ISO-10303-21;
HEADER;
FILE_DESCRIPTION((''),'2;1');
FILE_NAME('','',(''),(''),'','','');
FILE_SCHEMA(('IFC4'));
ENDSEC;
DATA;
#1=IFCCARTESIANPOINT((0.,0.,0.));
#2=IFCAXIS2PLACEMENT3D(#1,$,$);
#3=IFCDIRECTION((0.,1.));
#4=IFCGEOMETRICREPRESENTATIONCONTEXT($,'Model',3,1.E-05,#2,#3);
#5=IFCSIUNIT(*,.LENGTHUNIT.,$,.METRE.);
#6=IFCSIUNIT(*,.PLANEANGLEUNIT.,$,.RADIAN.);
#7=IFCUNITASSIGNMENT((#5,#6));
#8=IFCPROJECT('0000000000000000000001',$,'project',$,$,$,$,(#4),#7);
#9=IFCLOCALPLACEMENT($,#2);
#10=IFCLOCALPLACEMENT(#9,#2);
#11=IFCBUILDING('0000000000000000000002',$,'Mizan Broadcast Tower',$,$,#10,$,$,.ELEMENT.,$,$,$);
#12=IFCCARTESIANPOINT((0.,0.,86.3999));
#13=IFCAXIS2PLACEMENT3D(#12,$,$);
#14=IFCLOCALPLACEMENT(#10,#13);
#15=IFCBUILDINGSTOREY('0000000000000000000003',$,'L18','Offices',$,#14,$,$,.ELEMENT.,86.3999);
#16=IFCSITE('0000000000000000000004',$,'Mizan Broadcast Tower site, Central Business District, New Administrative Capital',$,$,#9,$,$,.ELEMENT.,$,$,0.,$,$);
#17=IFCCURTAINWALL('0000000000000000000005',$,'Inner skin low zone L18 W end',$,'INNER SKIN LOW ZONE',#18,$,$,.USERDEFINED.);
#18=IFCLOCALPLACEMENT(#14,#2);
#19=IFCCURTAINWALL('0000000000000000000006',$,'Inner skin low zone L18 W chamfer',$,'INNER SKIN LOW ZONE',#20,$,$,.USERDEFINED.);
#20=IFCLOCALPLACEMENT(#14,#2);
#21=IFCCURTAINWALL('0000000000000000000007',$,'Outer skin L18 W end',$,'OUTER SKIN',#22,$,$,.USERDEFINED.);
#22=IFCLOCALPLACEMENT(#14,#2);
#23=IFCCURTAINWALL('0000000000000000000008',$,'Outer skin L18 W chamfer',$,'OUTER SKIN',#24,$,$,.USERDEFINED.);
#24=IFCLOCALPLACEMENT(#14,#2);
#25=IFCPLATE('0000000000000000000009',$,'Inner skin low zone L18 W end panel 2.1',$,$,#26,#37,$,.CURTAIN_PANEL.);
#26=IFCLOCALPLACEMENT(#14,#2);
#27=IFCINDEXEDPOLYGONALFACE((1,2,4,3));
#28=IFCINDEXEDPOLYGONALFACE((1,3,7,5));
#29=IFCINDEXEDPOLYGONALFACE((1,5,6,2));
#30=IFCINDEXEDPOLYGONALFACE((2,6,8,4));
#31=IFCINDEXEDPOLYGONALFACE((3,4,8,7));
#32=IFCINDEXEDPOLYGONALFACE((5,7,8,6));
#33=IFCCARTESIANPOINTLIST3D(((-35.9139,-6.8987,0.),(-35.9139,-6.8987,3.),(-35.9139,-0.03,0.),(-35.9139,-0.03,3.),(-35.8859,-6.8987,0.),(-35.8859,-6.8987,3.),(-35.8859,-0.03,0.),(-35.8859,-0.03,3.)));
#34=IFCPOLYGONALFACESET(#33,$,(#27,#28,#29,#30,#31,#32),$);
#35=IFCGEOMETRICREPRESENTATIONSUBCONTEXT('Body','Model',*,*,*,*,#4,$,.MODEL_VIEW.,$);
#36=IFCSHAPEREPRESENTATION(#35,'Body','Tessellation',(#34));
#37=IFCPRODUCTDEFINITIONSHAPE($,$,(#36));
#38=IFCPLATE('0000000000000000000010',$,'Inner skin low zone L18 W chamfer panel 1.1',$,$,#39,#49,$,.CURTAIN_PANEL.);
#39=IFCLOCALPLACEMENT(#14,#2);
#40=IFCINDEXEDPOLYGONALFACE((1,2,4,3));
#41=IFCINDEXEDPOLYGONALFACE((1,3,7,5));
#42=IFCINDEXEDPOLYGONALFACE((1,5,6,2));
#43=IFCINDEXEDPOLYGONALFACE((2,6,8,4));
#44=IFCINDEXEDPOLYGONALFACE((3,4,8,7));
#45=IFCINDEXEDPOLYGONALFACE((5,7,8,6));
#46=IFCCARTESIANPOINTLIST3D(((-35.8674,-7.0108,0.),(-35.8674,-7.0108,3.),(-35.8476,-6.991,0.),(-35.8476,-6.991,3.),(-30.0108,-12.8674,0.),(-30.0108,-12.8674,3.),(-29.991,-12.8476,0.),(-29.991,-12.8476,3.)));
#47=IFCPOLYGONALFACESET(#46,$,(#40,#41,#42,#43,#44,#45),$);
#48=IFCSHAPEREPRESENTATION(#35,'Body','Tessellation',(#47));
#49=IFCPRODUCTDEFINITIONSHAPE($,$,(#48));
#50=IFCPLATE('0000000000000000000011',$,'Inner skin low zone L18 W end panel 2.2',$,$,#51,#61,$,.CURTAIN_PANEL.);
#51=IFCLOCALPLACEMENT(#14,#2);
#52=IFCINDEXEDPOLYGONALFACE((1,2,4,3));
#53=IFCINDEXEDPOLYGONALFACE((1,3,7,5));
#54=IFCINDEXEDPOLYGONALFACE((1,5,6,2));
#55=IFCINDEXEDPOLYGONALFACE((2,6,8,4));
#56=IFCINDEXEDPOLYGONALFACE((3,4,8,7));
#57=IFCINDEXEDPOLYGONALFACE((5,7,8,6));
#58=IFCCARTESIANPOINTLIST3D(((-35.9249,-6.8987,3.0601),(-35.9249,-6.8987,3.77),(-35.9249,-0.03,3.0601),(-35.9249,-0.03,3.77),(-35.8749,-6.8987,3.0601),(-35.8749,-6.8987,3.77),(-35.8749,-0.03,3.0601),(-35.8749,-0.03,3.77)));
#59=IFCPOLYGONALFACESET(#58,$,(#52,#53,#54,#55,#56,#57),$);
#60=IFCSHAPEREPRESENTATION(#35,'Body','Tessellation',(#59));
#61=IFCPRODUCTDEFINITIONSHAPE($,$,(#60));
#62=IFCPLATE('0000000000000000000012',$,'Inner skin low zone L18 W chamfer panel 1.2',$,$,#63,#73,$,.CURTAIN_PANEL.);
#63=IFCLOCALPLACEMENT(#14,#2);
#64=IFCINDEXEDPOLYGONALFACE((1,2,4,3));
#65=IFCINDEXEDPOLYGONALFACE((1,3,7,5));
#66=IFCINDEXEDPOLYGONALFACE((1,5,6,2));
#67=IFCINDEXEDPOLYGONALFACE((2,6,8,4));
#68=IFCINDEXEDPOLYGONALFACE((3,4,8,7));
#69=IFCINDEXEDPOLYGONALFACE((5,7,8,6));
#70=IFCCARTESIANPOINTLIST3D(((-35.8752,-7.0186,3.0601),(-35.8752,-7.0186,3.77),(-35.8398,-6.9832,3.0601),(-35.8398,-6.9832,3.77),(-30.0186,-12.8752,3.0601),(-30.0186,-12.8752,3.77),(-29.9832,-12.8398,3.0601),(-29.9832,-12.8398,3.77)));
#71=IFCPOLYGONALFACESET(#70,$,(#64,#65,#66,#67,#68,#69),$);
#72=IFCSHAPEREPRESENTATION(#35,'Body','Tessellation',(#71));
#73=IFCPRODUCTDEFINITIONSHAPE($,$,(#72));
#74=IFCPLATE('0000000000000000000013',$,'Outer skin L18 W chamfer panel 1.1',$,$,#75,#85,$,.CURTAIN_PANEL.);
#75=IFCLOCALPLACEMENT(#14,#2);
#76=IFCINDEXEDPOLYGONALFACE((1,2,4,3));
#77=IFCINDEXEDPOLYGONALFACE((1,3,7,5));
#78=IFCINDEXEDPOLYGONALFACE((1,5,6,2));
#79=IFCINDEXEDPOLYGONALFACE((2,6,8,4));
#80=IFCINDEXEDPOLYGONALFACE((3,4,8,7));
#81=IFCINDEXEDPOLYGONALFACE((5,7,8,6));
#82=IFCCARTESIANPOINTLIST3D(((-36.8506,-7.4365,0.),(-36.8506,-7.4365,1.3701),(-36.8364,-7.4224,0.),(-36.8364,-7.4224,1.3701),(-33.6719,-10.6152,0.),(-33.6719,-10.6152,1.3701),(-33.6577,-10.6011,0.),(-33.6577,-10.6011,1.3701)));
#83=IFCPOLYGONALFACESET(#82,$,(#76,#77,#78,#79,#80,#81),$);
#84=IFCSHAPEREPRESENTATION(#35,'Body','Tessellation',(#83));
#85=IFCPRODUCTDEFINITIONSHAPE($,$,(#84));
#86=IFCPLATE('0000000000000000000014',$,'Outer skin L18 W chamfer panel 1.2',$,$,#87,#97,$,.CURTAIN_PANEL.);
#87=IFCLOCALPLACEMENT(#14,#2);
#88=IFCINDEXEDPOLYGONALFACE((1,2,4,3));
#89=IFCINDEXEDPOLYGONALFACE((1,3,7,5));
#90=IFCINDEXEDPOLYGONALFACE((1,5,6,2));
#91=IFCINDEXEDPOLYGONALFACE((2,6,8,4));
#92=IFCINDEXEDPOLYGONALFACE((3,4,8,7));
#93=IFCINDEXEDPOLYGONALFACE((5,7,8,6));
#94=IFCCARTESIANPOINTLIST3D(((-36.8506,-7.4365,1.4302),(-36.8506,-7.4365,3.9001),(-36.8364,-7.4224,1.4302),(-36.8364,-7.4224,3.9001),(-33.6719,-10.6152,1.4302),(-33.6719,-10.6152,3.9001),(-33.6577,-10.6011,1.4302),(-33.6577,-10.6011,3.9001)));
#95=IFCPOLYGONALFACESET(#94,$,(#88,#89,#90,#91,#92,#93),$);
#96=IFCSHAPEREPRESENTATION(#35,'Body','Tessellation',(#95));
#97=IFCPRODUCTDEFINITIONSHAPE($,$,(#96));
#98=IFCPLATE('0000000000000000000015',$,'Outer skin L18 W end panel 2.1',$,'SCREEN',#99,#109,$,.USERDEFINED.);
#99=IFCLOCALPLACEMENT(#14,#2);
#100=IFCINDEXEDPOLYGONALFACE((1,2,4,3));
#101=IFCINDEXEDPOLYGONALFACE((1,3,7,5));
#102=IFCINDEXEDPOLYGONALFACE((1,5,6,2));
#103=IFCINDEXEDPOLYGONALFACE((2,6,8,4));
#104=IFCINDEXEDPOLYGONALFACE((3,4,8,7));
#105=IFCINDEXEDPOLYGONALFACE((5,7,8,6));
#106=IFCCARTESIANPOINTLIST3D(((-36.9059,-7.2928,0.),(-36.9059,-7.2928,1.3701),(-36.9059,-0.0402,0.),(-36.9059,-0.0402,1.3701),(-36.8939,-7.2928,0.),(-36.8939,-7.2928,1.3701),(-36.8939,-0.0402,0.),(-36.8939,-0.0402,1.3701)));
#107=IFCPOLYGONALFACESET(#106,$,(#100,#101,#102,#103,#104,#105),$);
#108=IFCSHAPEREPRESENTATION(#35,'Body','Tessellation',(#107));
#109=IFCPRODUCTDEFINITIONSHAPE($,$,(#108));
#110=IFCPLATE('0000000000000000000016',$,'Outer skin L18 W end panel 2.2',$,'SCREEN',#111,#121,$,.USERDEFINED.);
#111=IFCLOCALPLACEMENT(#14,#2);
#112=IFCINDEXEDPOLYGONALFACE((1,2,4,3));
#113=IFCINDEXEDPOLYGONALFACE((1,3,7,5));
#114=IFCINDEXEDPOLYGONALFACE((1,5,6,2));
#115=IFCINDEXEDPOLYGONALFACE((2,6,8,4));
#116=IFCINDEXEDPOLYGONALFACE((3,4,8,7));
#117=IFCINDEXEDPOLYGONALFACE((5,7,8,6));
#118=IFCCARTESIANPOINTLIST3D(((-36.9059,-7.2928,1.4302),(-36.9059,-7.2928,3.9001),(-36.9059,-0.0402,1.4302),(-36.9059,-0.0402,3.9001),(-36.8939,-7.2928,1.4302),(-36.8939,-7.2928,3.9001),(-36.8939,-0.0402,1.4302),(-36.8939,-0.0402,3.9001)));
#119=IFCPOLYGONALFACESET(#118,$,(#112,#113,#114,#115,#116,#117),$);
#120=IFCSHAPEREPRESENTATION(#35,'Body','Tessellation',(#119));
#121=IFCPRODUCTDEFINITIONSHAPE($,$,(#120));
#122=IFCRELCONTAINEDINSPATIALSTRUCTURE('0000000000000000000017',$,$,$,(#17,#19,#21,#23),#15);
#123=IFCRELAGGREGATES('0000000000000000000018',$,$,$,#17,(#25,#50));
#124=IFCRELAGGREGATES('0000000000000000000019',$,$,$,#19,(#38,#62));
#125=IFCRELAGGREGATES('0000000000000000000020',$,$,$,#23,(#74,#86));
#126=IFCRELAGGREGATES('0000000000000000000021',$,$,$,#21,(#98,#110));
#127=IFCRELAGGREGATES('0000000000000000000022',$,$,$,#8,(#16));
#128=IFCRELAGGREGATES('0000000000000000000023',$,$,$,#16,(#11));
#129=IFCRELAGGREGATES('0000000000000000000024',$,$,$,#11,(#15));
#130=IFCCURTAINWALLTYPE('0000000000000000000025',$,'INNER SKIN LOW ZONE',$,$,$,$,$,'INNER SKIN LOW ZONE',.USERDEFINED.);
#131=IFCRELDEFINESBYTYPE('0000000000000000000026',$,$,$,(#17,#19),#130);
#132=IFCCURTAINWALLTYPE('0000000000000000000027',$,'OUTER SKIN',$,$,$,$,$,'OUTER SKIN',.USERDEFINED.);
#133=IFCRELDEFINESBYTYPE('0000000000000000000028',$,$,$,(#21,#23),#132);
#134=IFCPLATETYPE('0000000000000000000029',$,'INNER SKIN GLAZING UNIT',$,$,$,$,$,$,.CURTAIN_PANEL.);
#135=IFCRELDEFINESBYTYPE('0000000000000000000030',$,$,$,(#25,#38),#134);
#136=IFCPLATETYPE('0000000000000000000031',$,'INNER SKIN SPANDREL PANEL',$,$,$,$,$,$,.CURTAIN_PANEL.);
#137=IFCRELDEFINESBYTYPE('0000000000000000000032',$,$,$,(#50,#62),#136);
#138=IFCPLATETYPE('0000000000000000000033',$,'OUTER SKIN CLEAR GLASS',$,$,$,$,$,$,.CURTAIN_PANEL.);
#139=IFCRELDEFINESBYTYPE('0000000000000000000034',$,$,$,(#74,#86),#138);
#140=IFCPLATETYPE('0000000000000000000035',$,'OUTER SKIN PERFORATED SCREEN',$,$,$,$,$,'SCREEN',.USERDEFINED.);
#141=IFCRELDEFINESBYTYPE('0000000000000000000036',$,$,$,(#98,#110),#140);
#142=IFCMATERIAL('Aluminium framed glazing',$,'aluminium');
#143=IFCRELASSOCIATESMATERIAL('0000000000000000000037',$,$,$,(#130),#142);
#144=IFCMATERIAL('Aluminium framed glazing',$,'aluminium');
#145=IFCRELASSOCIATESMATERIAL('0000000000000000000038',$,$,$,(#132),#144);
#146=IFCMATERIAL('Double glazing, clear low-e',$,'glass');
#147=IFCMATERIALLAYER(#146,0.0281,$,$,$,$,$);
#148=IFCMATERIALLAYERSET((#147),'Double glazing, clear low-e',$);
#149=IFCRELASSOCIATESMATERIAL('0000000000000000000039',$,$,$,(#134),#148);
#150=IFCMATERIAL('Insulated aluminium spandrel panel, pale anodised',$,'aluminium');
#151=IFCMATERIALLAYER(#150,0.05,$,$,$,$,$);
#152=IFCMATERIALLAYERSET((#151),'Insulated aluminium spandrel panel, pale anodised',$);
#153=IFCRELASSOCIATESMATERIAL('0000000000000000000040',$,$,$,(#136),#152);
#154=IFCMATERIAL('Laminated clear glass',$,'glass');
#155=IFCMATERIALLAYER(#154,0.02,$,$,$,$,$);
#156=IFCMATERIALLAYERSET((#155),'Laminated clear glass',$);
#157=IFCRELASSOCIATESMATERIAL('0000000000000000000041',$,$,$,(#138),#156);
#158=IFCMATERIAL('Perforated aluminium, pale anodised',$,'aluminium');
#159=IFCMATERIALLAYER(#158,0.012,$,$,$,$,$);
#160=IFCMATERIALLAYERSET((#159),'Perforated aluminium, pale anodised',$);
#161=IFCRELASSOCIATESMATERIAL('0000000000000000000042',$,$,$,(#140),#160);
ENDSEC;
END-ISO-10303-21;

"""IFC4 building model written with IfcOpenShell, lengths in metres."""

from ifc_helpers import new_model, si_unit, direction, frame, origin, origin_2d, place, context, subcontext, project, spatial, rectangle, extrude, material, layer, layer_set, type_object, element, aggregate, save


model = new_model("IFC4")

# Units and contexts
model_context = context("Model", 3, precision=1e-05, world=origin(), true_north=direction((0.0, 1.0)))
body_context = subcontext(model_context, "Body", "Model", "MODEL_VIEW")
ifc_project = project(units=[si_unit("LENGTHUNIT", "METRE"), si_unit("PLANEANGLEUNIT", "RADIAN")], contexts=[model_context])

# Site, building, storey
site_placement = place(None, origin())
site = spatial("IfcSite", under=ifc_project, at=site_placement, Name="Mizan Broadcast Tower site, Central Business District, New Administrative Capital", CompositionType="ELEMENT", RefElevation=0.0)
building_placement = place(site_placement, origin())
building = spatial("IfcBuilding", under=site, at=building_placement, Name="Mizan Broadcast Tower", CompositionType="ELEMENT")
storey_placement = place(building_placement, frame((0.0, 0.0, 86.3999)))
storey = spatial("IfcBuildingStorey", under=building, at=storey_placement, Name="L18", Description="Offices", CompositionType="ELEMENT", Elevation=86.3999)

# Curtain wall
ifc_material_1 = material(Name="Aluminium framed glazing", Category="aluminium")
curtain_wall_type_1 = type_object("IfcCurtainWallType", Name="INNER SKIN LOW ZONE", ElementType="INNER SKIN LOW ZONE", PredefinedType="USERDEFINED", material=ifc_material_1)
curtain_wall_1_placement = place(storey_placement, origin())
curtain_wall_1 = element("IfcCurtainWall", 1, at=curtain_wall_1_placement, inside=storey, type_object=curtain_wall_type_1, Name="Inner skin low zone L18 W end", ObjectType="INNER SKIN LOW ZONE", PredefinedType="USERDEFINED")

# Curtain wall
curtain_wall_2_placement = place(storey_placement, origin())
curtain_wall_2 = element("IfcCurtainWall", 2, at=curtain_wall_2_placement, inside=storey, type_object=curtain_wall_type_1, Name="Inner skin low zone L18 W chamfer", ObjectType="INNER SKIN LOW ZONE", PredefinedType="USERDEFINED")

# Curtain wall
ifc_material_2 = material(Name="Aluminium framed glazing", Category="aluminium")
curtain_wall_type_2 = type_object("IfcCurtainWallType", Name="OUTER SKIN", ElementType="OUTER SKIN", PredefinedType="USERDEFINED", material=ifc_material_2)
curtain_wall_3_placement = place(storey_placement, origin())
curtain_wall_3 = element("IfcCurtainWall", 3, at=curtain_wall_3_placement, inside=storey, type_object=curtain_wall_type_2, Name="Outer skin L18 W end", ObjectType="OUTER SKIN", PredefinedType="USERDEFINED")

# Curtain wall
curtain_wall_4_placement = place(storey_placement, origin())
curtain_wall_4 = element("IfcCurtainWall", 4, at=curtain_wall_4_placement, inside=storey, type_object=curtain_wall_type_2, Name="Outer skin L18 W chamfer", ObjectType="OUTER SKIN", PredefinedType="USERDEFINED")

# Plates
ifc_material_3 = material(Name="Double glazing, clear low-e", Category="glass")
ifc_layer_1 = layer(ifc_material_3, 0.0281)
ifc_layer_set_1 = layer_set([ifc_layer_1], Name="Double glazing, clear low-e")
plate_type_1 = type_object("IfcPlateType", Name="INNER SKIN GLAZING UNIT", PredefinedType="CURTAIN_PANEL", material=ifc_layer_set_1)
plate_1_placement = place(storey_placement, frame((-35.8999, -3.4644, 0.0), z_axis=(0.0, 0.0, 1.0), x_axis=(0.0, -1.0, 0.0)))
plate_1 = element("IfcPlate", 5, at=plate_1_placement, type_object=plate_type_1, Name="Inner skin low zone L18 W end panel 2.1", PredefinedType="CURTAIN_PANEL", context=body_context, shape_type="SweptSolid", body=[
    extrude(rectangle(XDim=6.8687, YDim=0.0281, at=origin_2d()), origin(), (0.0, 0.0, 1.0), 3.0),
])
plate_2_placement = place(storey_placement, frame((-32.9292, -9.9292, 0.0), z_axis=(0.0, 0.0, 1.0), x_axis=(0.707107, -0.707107, 0.0)))
plate_2 = element("IfcPlate", 6, at=plate_2_placement, type_object=plate_type_1, Name="Inner skin low zone L18 W chamfer panel 1.1", PredefinedType="CURTAIN_PANEL", context=body_context, shape_type="SweptSolid", body=[
    extrude(rectangle(XDim=8.2825, YDim=0.0281, at=origin_2d()), origin(), (0.0, 0.0, 1.0), 3.0),
])
ifc_material_4 = material(Name="Insulated aluminium spandrel panel, pale anodised", Category="aluminium")
ifc_layer_2 = layer(ifc_material_4, 0.05)
ifc_layer_set_2 = layer_set([ifc_layer_2], Name="Insulated aluminium spandrel panel, pale anodised")
plate_type_2 = type_object("IfcPlateType", Name="INNER SKIN SPANDREL PANEL", PredefinedType="CURTAIN_PANEL", material=ifc_layer_set_2)
plate_3_placement = place(storey_placement, frame((-35.8999, -3.4644, 3.0601), z_axis=(0.0, 0.0, 1.0), x_axis=(0.0, -1.0, 0.0)))
plate_3 = element("IfcPlate", 7, at=plate_3_placement, type_object=plate_type_2, Name="Inner skin low zone L18 W end panel 2.2", PredefinedType="CURTAIN_PANEL", context=body_context, shape_type="SweptSolid", body=[
    extrude(rectangle(XDim=6.8687, YDim=0.05, at=origin_2d()), origin(), (0.0, 0.0, 1.0), 0.71),
])
aggregate(curtain_wall_1, [plate_1, plate_3])
plate_4_placement = place(storey_placement, frame((-32.9292, -9.9292, 3.0601), z_axis=(0.0, 0.0, 1.0), x_axis=(0.707107, -0.707107, 0.0)))
plate_4 = element("IfcPlate", 8, at=plate_4_placement, type_object=plate_type_2, Name="Inner skin low zone L18 W chamfer panel 1.2", PredefinedType="CURTAIN_PANEL", context=body_context, shape_type="SweptSolid", body=[
    extrude(rectangle(XDim=8.2825, YDim=0.05, at=origin_2d()), origin(), (0.0, 0.0, 1.0), 0.71),
])
aggregate(curtain_wall_2, [plate_2, plate_4])
ifc_material_5 = material(Name="Laminated clear glass", Category="glass")
ifc_layer_3 = layer(ifc_material_5, 0.02)
ifc_layer_set_3 = layer_set([ifc_layer_3], Name="Laminated clear glass")
plate_type_3 = type_object("IfcPlateType", Name="OUTER SKIN CLEAR GLASS", PredefinedType="CURTAIN_PANEL", material=ifc_layer_set_3)
plate_5_placement = place(storey_placement, frame((-35.2542, -9.0188, 0.0), z_axis=(0.0, 0.0, 1.0), x_axis=(0.707107, -0.707107, 0.0)))
plate_5 = element("IfcPlate", 9, at=plate_5_placement, type_object=plate_type_3, Name="Outer skin L18 W chamfer panel 1.1", PredefinedType="CURTAIN_PANEL", context=body_context, shape_type="SweptSolid", body=[
    extrude(rectangle(XDim=4.4954, YDim=0.02, at=origin_2d()), origin(), (0.0, 0.0, 1.0), 1.3701),
])
plate_6_placement = place(storey_placement, frame((-35.2542, -9.0188, 1.4302), z_axis=(0.0, 0.0, 1.0), x_axis=(0.707107, -0.707107, 0.0)))
plate_6 = element("IfcPlate", 10, at=plate_6_placement, type_object=plate_type_3, Name="Outer skin L18 W chamfer panel 1.2", PredefinedType="CURTAIN_PANEL", context=body_context, shape_type="SweptSolid", body=[
    extrude(rectangle(XDim=4.4954, YDim=0.02, at=origin_2d()), origin(), (0.0, 0.0, 1.0), 2.47),
])
aggregate(curtain_wall_4, [plate_5, plate_6])
ifc_material_6 = material(Name="Perforated aluminium, pale anodised", Category="aluminium")
ifc_layer_4 = layer(ifc_material_6, 0.012)
ifc_layer_set_4 = layer_set([ifc_layer_4], Name="Perforated aluminium, pale anodised")
plate_type_4 = type_object("IfcPlateType", Name="OUTER SKIN PERFORATED SCREEN", ElementType="SCREEN", PredefinedType="USERDEFINED", material=ifc_layer_set_4)
plate_7_placement = place(storey_placement, frame((-36.8999, -3.6665, 0.0), z_axis=(0.0, 0.0, 1.0), x_axis=(0.0, -1.0, 0.0)))
plate_7 = element("IfcPlate", 11, at=plate_7_placement, type_object=plate_type_4, Name="Outer skin L18 W end panel 2.1", ObjectType="SCREEN", PredefinedType="USERDEFINED", context=body_context, shape_type="SweptSolid", body=[
    extrude(rectangle(XDim=7.2527, YDim=0.012, at=origin_2d()), origin(), (0.0, 0.0, 1.0), 1.3701),
])
plate_8_placement = place(storey_placement, frame((-36.8999, -3.6665, 1.4302), z_axis=(0.0, 0.0, 1.0), x_axis=(0.0, -1.0, 0.0)))
plate_8 = element("IfcPlate", 12, at=plate_8_placement, type_object=plate_type_4, Name="Outer skin L18 W end panel 2.2", ObjectType="SCREEN", PredefinedType="USERDEFINED", context=body_context, shape_type="SweptSolid", body=[
    extrude(rectangle(XDim=7.2527, YDim=0.012, at=origin_2d()), origin(), (0.0, 0.0, 1.0), 2.47),
])
aggregate(curtain_wall_3, [plate_7, plate_8])

save(model, "model.ifc")
